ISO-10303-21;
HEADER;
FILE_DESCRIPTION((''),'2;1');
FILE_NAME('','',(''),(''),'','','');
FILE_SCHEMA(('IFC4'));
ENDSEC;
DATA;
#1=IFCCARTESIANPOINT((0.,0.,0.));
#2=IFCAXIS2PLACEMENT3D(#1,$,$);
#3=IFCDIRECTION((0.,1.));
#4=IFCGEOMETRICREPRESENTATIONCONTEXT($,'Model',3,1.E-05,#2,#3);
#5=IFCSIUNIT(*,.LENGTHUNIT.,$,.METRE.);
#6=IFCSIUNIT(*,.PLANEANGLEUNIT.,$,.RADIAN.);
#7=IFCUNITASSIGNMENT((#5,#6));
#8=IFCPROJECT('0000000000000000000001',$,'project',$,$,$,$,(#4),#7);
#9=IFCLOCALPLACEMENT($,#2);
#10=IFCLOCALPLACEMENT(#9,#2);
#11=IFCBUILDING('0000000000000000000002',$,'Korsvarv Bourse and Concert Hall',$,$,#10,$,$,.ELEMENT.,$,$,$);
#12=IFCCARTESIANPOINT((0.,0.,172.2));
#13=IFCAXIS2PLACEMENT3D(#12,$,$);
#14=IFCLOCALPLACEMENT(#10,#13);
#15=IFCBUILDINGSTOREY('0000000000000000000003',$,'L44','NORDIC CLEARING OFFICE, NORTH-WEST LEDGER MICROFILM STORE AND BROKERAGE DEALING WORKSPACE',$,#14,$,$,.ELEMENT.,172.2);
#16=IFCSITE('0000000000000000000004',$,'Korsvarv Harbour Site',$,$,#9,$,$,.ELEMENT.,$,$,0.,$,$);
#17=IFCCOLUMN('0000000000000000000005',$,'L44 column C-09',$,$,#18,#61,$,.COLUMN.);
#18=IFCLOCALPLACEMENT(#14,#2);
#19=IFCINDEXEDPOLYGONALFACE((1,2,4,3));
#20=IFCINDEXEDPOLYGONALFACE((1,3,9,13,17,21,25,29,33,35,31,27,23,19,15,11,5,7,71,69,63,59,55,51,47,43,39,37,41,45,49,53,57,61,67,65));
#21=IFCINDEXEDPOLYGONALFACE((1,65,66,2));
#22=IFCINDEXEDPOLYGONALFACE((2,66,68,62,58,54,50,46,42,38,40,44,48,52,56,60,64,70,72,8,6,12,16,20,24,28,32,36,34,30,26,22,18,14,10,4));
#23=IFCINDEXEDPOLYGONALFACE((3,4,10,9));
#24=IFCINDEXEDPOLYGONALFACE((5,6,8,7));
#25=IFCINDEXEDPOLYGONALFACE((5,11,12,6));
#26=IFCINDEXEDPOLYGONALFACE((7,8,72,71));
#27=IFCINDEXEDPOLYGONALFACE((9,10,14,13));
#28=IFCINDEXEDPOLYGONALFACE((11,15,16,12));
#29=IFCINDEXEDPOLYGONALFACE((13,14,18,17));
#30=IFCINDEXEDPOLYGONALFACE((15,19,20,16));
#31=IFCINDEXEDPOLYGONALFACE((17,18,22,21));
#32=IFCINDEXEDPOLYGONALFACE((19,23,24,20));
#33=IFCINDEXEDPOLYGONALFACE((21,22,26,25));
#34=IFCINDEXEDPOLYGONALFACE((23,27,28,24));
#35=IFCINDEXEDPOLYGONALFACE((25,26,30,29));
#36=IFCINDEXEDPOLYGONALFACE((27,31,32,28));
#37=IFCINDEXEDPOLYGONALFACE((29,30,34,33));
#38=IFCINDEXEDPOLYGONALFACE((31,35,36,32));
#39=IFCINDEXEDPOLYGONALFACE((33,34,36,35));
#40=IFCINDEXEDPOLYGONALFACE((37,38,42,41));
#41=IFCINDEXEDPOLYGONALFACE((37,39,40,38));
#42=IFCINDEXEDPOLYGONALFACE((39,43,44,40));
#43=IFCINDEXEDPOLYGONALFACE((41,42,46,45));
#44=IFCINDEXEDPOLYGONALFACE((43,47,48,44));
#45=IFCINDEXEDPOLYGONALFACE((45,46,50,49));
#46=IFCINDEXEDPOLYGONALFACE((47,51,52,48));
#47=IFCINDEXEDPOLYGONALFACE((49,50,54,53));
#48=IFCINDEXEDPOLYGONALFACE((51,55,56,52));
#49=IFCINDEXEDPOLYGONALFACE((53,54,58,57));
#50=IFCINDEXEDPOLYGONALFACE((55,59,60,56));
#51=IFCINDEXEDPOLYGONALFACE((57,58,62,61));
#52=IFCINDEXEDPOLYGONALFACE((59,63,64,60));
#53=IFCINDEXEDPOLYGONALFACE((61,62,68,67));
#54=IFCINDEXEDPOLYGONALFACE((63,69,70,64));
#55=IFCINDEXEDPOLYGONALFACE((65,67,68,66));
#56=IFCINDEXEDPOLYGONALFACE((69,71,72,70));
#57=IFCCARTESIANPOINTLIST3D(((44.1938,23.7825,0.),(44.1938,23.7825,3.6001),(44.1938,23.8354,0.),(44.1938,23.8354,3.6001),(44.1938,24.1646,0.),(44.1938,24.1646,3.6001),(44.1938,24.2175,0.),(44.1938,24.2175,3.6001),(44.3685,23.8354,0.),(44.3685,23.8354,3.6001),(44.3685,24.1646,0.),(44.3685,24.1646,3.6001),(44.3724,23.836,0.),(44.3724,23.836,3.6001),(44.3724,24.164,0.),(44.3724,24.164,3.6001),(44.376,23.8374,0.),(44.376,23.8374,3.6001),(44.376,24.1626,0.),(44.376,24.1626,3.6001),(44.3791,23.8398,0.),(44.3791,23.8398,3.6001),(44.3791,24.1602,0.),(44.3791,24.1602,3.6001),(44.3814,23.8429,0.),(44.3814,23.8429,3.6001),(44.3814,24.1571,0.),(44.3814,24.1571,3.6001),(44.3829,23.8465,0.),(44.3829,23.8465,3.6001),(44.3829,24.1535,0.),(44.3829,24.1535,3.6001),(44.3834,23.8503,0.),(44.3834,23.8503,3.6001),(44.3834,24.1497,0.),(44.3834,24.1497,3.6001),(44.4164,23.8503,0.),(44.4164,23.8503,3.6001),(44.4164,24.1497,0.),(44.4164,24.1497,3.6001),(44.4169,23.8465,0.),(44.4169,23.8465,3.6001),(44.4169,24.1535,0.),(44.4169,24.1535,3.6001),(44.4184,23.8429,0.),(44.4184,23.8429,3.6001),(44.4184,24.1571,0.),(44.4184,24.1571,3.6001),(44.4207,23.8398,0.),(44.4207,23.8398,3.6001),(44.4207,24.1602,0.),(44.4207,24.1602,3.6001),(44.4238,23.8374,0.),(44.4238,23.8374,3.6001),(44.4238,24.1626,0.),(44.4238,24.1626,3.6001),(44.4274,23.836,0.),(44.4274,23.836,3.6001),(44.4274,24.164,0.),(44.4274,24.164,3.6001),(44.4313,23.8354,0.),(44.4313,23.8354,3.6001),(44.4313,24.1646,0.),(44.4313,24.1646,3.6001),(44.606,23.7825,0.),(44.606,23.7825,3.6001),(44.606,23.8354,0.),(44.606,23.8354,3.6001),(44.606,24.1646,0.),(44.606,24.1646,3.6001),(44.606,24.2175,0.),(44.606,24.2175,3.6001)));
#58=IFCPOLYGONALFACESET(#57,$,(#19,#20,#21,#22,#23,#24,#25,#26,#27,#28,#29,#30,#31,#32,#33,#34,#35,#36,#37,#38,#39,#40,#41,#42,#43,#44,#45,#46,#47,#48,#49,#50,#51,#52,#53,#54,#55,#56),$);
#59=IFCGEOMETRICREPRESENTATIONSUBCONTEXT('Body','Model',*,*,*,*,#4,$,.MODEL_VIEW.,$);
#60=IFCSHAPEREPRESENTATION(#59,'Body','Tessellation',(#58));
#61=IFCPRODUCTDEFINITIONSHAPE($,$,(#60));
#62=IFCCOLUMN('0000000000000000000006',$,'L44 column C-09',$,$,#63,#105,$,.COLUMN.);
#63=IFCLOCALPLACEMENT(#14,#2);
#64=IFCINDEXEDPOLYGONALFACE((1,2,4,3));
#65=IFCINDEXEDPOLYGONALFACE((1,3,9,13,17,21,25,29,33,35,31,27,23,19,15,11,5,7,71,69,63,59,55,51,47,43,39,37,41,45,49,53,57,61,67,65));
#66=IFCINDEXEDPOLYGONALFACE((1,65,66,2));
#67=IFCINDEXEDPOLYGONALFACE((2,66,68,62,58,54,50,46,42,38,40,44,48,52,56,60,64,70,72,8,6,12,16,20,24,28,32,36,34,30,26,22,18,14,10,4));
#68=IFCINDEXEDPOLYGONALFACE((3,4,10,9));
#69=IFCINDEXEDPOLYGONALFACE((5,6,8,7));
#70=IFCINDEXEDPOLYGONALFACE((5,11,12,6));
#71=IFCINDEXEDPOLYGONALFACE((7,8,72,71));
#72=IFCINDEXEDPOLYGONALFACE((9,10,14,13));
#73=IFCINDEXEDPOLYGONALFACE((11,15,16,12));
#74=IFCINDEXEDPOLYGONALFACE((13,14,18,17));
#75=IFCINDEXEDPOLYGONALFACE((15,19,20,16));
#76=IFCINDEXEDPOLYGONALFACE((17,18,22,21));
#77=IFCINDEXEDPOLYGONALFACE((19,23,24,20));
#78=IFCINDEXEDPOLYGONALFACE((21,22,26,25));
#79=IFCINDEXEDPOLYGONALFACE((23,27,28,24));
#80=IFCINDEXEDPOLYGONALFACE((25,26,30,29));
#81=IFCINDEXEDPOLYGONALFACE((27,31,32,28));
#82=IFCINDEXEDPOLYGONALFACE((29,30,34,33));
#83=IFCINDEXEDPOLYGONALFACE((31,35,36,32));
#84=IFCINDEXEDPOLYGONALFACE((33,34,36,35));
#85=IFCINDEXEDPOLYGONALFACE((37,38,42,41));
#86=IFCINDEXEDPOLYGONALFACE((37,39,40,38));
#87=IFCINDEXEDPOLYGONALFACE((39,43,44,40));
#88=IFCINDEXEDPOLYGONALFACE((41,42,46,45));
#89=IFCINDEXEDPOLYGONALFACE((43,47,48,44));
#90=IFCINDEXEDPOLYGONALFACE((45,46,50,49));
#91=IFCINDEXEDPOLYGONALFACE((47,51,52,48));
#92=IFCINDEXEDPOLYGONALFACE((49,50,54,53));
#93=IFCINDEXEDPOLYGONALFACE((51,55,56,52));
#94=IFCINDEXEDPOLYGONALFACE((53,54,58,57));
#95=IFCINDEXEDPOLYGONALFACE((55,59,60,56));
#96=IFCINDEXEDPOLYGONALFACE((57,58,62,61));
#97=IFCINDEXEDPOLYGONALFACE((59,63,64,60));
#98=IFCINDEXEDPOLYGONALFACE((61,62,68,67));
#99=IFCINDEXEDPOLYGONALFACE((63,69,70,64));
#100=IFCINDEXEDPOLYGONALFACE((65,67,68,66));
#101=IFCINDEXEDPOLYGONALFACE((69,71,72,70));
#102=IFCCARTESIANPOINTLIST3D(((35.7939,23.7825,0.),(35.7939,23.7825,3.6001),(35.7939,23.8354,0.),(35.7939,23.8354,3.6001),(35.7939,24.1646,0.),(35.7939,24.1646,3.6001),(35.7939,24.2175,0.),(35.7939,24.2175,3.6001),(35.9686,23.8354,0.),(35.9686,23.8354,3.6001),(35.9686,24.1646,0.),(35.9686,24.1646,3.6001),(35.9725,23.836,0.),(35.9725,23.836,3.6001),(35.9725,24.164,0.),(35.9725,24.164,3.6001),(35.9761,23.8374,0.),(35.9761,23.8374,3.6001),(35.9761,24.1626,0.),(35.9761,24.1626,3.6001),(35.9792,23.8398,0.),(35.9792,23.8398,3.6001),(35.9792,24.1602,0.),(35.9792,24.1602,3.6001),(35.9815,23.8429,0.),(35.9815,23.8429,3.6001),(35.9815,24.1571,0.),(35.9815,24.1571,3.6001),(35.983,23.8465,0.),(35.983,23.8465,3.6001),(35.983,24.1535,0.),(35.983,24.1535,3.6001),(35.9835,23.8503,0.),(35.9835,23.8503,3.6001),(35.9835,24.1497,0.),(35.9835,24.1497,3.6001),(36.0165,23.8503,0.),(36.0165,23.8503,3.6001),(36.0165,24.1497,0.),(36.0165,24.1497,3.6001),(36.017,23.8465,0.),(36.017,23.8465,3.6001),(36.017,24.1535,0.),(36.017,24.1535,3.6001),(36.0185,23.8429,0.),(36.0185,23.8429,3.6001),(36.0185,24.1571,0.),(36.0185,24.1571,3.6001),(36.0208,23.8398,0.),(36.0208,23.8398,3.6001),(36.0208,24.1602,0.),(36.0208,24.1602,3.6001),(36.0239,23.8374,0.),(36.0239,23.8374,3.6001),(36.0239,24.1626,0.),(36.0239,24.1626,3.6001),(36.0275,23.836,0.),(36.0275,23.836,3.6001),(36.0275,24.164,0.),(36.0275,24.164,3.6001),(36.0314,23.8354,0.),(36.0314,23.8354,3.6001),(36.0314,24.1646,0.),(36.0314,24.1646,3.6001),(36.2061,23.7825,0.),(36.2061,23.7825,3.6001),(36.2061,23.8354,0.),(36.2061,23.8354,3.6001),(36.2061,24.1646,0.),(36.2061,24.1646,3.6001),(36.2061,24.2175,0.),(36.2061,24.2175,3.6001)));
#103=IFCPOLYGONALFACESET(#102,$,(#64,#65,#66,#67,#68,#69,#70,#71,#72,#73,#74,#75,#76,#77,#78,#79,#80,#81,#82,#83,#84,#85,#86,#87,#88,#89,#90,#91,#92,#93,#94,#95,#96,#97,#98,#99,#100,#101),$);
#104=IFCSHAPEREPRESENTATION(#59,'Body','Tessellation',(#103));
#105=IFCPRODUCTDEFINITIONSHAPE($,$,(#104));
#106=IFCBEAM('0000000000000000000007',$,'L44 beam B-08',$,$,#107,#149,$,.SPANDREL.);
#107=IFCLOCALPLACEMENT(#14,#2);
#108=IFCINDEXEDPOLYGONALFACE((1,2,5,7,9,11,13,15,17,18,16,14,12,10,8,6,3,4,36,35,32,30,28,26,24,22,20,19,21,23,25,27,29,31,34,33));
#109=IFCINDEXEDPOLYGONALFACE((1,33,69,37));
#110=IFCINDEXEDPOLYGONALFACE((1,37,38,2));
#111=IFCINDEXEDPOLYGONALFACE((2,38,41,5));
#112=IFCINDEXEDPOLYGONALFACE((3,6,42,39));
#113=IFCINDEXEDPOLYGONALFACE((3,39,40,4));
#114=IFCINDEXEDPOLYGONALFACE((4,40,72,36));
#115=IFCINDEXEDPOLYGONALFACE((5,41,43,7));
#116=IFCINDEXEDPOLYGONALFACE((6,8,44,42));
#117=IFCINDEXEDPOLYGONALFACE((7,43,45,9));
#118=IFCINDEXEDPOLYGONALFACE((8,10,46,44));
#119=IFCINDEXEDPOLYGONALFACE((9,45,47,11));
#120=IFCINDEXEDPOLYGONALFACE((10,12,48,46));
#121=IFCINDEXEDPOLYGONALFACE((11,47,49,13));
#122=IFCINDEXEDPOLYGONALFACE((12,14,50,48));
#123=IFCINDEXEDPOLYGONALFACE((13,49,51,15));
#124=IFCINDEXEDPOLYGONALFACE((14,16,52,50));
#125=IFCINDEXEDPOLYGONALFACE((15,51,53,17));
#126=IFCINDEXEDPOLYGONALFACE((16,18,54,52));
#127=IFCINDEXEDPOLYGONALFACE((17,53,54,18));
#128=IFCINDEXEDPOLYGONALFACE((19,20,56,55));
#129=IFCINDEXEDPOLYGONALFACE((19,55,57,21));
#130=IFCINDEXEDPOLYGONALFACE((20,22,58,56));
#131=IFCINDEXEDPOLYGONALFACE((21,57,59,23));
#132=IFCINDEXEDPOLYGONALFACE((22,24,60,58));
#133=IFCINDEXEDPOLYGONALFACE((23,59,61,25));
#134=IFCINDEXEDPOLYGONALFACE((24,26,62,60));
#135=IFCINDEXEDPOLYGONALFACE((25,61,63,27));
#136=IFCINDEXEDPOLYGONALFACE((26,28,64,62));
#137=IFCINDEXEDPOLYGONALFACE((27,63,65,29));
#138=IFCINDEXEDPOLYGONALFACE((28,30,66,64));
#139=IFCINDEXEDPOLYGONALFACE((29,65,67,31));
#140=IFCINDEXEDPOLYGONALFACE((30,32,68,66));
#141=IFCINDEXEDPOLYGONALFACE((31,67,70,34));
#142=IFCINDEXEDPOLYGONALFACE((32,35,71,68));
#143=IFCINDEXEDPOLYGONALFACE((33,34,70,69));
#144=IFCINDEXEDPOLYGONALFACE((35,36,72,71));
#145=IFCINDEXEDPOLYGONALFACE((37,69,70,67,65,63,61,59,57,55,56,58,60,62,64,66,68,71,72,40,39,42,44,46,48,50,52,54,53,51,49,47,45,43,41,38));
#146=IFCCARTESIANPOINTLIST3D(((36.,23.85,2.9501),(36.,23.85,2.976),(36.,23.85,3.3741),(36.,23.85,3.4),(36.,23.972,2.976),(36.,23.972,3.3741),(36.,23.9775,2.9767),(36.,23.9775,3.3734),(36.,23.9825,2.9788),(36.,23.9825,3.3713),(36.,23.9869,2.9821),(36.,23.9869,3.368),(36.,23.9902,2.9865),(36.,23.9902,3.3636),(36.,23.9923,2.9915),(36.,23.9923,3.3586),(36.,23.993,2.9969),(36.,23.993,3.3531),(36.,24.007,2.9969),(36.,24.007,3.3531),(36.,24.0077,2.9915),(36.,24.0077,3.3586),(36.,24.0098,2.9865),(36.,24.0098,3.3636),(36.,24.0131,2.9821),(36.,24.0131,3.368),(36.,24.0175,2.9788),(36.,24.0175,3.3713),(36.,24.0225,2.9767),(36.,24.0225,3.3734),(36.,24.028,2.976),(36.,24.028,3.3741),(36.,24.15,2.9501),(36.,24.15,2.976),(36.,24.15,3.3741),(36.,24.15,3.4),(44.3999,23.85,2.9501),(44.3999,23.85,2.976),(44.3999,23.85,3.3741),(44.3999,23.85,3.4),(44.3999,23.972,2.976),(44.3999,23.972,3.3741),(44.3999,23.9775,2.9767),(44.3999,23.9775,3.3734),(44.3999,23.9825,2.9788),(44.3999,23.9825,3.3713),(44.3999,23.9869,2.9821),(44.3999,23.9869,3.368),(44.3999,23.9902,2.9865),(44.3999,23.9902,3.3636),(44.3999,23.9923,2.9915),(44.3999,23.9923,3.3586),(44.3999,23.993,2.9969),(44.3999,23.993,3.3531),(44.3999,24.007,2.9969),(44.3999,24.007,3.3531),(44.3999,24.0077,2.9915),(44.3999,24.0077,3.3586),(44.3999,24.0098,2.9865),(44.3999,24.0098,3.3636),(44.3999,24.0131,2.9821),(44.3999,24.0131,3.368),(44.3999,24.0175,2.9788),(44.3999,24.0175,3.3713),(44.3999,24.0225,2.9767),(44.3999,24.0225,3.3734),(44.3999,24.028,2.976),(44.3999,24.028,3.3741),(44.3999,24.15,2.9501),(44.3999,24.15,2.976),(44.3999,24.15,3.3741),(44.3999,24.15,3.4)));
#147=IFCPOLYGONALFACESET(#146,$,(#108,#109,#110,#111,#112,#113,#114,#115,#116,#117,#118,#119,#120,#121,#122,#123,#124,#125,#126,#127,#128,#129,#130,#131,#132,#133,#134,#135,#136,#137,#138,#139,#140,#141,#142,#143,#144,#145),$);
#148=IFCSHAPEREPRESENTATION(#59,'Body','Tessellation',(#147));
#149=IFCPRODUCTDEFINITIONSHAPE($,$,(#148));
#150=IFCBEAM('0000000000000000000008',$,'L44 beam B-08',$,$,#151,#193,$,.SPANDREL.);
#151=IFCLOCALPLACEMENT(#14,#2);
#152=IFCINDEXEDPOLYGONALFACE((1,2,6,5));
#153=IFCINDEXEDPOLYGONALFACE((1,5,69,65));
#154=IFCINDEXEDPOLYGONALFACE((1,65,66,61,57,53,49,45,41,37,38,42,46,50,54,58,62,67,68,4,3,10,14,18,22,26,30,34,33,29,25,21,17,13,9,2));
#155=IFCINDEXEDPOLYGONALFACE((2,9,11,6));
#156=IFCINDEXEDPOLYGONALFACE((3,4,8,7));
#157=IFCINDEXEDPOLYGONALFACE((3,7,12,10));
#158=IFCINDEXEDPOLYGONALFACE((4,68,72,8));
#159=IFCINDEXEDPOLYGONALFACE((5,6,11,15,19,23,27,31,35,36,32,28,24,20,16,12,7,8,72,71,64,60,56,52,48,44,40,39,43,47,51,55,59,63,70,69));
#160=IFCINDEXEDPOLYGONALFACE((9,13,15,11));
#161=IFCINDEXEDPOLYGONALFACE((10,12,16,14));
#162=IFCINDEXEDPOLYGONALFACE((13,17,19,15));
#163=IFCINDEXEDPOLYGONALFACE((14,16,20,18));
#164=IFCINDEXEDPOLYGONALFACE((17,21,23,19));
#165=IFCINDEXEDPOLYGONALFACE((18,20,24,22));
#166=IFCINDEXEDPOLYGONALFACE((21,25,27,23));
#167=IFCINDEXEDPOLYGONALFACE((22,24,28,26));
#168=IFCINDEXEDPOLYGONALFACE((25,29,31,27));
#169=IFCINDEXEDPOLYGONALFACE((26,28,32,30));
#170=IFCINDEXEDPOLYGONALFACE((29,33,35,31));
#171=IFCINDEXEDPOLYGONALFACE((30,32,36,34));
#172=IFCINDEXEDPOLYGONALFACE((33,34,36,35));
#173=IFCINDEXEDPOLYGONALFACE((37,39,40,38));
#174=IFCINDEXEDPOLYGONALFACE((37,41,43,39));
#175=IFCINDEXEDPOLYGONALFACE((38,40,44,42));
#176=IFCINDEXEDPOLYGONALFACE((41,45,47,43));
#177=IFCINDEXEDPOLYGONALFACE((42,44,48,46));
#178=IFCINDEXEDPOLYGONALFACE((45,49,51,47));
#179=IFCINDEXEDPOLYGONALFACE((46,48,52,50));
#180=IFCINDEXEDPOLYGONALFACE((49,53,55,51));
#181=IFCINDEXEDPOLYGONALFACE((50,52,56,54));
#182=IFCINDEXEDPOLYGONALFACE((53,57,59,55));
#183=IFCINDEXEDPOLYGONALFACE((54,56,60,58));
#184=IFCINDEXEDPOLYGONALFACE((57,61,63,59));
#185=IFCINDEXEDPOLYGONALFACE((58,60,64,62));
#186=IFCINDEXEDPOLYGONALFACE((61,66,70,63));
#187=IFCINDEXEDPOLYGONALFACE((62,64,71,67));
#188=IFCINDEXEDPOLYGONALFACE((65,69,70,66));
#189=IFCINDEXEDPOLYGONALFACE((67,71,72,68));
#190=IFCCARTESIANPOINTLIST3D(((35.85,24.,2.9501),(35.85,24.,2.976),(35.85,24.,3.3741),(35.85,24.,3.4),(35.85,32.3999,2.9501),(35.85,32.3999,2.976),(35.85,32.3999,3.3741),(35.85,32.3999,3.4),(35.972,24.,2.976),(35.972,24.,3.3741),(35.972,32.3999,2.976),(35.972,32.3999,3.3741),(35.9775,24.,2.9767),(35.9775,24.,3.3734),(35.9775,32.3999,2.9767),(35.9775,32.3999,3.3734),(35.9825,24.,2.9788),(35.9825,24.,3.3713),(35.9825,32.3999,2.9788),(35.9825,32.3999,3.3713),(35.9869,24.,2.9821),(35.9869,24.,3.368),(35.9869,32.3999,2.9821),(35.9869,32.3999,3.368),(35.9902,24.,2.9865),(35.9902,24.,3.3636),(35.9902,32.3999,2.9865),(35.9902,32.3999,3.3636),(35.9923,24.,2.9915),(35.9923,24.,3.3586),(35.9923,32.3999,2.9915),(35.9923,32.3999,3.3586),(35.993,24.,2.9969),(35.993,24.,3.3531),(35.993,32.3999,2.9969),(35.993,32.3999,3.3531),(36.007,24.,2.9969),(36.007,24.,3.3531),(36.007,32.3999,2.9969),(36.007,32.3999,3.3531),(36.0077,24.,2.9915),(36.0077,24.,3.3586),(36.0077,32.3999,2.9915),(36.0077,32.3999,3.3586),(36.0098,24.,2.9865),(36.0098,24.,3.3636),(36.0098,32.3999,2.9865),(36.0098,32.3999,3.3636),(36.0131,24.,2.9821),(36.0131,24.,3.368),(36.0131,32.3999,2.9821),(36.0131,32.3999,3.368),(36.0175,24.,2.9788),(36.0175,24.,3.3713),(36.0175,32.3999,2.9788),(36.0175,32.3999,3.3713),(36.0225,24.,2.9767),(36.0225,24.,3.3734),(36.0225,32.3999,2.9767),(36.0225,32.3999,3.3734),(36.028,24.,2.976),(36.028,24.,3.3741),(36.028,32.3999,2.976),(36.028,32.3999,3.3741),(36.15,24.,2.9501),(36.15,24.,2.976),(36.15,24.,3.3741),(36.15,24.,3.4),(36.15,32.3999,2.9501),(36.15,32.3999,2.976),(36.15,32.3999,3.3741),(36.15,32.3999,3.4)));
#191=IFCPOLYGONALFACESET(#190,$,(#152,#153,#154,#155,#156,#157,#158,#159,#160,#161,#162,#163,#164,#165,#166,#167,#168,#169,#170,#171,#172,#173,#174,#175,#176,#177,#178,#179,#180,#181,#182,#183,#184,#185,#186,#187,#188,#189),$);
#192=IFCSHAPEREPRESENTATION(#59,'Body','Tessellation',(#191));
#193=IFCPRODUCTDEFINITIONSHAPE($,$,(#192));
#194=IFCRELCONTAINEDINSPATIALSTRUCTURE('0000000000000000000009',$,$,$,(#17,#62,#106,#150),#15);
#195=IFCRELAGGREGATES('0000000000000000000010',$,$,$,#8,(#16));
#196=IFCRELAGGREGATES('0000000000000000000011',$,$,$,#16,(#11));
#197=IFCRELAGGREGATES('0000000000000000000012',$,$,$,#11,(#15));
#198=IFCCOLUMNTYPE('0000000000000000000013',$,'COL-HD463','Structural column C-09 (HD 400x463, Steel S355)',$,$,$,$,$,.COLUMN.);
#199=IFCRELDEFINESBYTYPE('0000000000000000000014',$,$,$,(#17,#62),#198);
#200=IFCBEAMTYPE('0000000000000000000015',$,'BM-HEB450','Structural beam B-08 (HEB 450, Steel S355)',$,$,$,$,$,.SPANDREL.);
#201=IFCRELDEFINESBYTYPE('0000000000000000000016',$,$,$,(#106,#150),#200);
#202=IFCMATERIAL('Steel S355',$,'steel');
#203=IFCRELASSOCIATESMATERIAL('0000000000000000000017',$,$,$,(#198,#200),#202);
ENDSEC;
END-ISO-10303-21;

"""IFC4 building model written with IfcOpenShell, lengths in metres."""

from ifc_helpers import new_model, si_unit, direction, frame, origin, origin_2d, place, context, subcontext, project, spatial, i_section, extrude, source, transform, mapped, material, material_profile, profile_set, type_object, element, save


model = new_model("IFC4")

# Units and contexts
model_context = context("Model", 3, precision=1e-05, world=origin(), true_north=direction((0.0, 1.0)))
body_context = subcontext(model_context, "Body", "Model", "MODEL_VIEW")
ifc_project = project(units=[si_unit("LENGTHUNIT", "METRE"), si_unit("PLANEANGLEUNIT", "RADIAN")], contexts=[model_context])

# Site, building, storey
site_placement = place(None, origin())
site = spatial("IfcSite", under=ifc_project, at=site_placement, Name="Korsvarv Harbour Site", CompositionType="ELEMENT", RefElevation=0.0)
building_placement = place(site_placement, origin())
building = spatial("IfcBuilding", under=site, at=building_placement, Name="Korsvarv Bourse and Concert Hall", CompositionType="ELEMENT")
storey_placement = place(building_placement, frame((0.0, 0.0, 172.2)))
storey = spatial("IfcBuildingStorey", under=building, at=storey_placement, Name="L44", Description="NORDIC CLEARING OFFICE, NORTH-WEST LEDGER MICROFILM STORE AND BROKERAGE DEALING WORKSPACE", CompositionType="ELEMENT", Elevation=172.2)

# Columns
ifc_material_1 = material(Name="Steel S355", Category="steel")
ifc_material_profile_1 = material_profile(ifc_material_1, i_section(OverallWidth=0.4121, OverallDepth=0.4351, WebThickness=0.033, FlangeThickness=0.053, FilletRadius=0.0149, at=origin_2d()), Name="HD 400x463")
ifc_profile_set_1 = profile_set([ifc_material_profile_1], Name="Steel S355")
column_type = type_object("IfcColumnType", Name="COL-HD463", Description="Structural column C-09 (HD 400x463, Steel S355)", PredefinedType="COLUMN", material=ifc_profile_set_1)
shared_shape_1 = source(origin(), body_context, "Body", "SweptSolid", [
    extrude(i_section(OverallWidth=0.4121, OverallDepth=0.4351, WebThickness=0.033, FlangeThickness=0.053, FilletRadius=0.0149, at=origin_2d()), origin(), (0.0, 0.0, 1.0), 3.6001),
])
for number, where, z_axis, x_axis, name in (
    (1, (44.3999, 24.0, 0.0), (0.0, 0.0, 1.0), (1.0, 0.0, 0.0), "L44 column C-09"),
    (2, (36.0, 24.0, 0.0), (0.0, 0.0, 1.0), (1.0, 0.0, 0.0), "L44 column C-09"),
):
    element("IfcColumn", number, at=place(storey_placement, frame(where, z_axis=z_axis, x_axis=x_axis)), inside=storey, type_object=column_type, Name=name, PredefinedType="COLUMN", context=body_context, shape_type="MappedRepresentation", body=[
        mapped(shared_shape_1, transform((0.0, 0.0, 0.0), scale=1.0)),
    ])

# Beams
ifc_material_profile_2 = material_profile(ifc_material_1, i_section(OverallWidth=0.3, OverallDepth=0.45, WebThickness=0.0139, FlangeThickness=0.0259, FilletRadius=0.021, at=origin_2d()), Name="HEB 450")
ifc_profile_set_2 = profile_set([ifc_material_profile_2], Name="Steel S355")
beam_type = type_object("IfcBeamType", Name="BM-HEB450", Description="Structural beam B-08 (HEB 450, Steel S355)", PredefinedType="SPANDREL", material=ifc_profile_set_2)
shared_shape_2 = source(origin(), body_context, "Body", "SweptSolid", [
    extrude(i_section(OverallWidth=0.3, OverallDepth=0.45, WebThickness=0.0139, FlangeThickness=0.0259, FilletRadius=0.021, at=origin_2d()), origin(), (0.0, 0.0, 1.0), 8.3999),
])
for number, where, z_axis, x_axis, name in (
    (3, (36.0, 24.0, 3.175), (1.0, 0.0, 0.0), (0.0, 1.0, 0.0), "L44 beam B-08"),
    (4, (36.0, 24.0, 3.175), (0.0, 1.0, 0.0), (-1.0, 0.0, 0.0), "L44 beam B-08"),
):
    element("IfcBeam", number, at=place(storey_placement, frame(where, z_axis=z_axis, x_axis=x_axis)), inside=storey, type_object=beam_type, Name=name, PredefinedType="SPANDREL", context=body_context, shape_type="MappedRepresentation", body=[
        mapped(shared_shape_2, transform((0.0, 0.0, 0.0), scale=1.0)),
    ])

save(model, "model.ifc")
